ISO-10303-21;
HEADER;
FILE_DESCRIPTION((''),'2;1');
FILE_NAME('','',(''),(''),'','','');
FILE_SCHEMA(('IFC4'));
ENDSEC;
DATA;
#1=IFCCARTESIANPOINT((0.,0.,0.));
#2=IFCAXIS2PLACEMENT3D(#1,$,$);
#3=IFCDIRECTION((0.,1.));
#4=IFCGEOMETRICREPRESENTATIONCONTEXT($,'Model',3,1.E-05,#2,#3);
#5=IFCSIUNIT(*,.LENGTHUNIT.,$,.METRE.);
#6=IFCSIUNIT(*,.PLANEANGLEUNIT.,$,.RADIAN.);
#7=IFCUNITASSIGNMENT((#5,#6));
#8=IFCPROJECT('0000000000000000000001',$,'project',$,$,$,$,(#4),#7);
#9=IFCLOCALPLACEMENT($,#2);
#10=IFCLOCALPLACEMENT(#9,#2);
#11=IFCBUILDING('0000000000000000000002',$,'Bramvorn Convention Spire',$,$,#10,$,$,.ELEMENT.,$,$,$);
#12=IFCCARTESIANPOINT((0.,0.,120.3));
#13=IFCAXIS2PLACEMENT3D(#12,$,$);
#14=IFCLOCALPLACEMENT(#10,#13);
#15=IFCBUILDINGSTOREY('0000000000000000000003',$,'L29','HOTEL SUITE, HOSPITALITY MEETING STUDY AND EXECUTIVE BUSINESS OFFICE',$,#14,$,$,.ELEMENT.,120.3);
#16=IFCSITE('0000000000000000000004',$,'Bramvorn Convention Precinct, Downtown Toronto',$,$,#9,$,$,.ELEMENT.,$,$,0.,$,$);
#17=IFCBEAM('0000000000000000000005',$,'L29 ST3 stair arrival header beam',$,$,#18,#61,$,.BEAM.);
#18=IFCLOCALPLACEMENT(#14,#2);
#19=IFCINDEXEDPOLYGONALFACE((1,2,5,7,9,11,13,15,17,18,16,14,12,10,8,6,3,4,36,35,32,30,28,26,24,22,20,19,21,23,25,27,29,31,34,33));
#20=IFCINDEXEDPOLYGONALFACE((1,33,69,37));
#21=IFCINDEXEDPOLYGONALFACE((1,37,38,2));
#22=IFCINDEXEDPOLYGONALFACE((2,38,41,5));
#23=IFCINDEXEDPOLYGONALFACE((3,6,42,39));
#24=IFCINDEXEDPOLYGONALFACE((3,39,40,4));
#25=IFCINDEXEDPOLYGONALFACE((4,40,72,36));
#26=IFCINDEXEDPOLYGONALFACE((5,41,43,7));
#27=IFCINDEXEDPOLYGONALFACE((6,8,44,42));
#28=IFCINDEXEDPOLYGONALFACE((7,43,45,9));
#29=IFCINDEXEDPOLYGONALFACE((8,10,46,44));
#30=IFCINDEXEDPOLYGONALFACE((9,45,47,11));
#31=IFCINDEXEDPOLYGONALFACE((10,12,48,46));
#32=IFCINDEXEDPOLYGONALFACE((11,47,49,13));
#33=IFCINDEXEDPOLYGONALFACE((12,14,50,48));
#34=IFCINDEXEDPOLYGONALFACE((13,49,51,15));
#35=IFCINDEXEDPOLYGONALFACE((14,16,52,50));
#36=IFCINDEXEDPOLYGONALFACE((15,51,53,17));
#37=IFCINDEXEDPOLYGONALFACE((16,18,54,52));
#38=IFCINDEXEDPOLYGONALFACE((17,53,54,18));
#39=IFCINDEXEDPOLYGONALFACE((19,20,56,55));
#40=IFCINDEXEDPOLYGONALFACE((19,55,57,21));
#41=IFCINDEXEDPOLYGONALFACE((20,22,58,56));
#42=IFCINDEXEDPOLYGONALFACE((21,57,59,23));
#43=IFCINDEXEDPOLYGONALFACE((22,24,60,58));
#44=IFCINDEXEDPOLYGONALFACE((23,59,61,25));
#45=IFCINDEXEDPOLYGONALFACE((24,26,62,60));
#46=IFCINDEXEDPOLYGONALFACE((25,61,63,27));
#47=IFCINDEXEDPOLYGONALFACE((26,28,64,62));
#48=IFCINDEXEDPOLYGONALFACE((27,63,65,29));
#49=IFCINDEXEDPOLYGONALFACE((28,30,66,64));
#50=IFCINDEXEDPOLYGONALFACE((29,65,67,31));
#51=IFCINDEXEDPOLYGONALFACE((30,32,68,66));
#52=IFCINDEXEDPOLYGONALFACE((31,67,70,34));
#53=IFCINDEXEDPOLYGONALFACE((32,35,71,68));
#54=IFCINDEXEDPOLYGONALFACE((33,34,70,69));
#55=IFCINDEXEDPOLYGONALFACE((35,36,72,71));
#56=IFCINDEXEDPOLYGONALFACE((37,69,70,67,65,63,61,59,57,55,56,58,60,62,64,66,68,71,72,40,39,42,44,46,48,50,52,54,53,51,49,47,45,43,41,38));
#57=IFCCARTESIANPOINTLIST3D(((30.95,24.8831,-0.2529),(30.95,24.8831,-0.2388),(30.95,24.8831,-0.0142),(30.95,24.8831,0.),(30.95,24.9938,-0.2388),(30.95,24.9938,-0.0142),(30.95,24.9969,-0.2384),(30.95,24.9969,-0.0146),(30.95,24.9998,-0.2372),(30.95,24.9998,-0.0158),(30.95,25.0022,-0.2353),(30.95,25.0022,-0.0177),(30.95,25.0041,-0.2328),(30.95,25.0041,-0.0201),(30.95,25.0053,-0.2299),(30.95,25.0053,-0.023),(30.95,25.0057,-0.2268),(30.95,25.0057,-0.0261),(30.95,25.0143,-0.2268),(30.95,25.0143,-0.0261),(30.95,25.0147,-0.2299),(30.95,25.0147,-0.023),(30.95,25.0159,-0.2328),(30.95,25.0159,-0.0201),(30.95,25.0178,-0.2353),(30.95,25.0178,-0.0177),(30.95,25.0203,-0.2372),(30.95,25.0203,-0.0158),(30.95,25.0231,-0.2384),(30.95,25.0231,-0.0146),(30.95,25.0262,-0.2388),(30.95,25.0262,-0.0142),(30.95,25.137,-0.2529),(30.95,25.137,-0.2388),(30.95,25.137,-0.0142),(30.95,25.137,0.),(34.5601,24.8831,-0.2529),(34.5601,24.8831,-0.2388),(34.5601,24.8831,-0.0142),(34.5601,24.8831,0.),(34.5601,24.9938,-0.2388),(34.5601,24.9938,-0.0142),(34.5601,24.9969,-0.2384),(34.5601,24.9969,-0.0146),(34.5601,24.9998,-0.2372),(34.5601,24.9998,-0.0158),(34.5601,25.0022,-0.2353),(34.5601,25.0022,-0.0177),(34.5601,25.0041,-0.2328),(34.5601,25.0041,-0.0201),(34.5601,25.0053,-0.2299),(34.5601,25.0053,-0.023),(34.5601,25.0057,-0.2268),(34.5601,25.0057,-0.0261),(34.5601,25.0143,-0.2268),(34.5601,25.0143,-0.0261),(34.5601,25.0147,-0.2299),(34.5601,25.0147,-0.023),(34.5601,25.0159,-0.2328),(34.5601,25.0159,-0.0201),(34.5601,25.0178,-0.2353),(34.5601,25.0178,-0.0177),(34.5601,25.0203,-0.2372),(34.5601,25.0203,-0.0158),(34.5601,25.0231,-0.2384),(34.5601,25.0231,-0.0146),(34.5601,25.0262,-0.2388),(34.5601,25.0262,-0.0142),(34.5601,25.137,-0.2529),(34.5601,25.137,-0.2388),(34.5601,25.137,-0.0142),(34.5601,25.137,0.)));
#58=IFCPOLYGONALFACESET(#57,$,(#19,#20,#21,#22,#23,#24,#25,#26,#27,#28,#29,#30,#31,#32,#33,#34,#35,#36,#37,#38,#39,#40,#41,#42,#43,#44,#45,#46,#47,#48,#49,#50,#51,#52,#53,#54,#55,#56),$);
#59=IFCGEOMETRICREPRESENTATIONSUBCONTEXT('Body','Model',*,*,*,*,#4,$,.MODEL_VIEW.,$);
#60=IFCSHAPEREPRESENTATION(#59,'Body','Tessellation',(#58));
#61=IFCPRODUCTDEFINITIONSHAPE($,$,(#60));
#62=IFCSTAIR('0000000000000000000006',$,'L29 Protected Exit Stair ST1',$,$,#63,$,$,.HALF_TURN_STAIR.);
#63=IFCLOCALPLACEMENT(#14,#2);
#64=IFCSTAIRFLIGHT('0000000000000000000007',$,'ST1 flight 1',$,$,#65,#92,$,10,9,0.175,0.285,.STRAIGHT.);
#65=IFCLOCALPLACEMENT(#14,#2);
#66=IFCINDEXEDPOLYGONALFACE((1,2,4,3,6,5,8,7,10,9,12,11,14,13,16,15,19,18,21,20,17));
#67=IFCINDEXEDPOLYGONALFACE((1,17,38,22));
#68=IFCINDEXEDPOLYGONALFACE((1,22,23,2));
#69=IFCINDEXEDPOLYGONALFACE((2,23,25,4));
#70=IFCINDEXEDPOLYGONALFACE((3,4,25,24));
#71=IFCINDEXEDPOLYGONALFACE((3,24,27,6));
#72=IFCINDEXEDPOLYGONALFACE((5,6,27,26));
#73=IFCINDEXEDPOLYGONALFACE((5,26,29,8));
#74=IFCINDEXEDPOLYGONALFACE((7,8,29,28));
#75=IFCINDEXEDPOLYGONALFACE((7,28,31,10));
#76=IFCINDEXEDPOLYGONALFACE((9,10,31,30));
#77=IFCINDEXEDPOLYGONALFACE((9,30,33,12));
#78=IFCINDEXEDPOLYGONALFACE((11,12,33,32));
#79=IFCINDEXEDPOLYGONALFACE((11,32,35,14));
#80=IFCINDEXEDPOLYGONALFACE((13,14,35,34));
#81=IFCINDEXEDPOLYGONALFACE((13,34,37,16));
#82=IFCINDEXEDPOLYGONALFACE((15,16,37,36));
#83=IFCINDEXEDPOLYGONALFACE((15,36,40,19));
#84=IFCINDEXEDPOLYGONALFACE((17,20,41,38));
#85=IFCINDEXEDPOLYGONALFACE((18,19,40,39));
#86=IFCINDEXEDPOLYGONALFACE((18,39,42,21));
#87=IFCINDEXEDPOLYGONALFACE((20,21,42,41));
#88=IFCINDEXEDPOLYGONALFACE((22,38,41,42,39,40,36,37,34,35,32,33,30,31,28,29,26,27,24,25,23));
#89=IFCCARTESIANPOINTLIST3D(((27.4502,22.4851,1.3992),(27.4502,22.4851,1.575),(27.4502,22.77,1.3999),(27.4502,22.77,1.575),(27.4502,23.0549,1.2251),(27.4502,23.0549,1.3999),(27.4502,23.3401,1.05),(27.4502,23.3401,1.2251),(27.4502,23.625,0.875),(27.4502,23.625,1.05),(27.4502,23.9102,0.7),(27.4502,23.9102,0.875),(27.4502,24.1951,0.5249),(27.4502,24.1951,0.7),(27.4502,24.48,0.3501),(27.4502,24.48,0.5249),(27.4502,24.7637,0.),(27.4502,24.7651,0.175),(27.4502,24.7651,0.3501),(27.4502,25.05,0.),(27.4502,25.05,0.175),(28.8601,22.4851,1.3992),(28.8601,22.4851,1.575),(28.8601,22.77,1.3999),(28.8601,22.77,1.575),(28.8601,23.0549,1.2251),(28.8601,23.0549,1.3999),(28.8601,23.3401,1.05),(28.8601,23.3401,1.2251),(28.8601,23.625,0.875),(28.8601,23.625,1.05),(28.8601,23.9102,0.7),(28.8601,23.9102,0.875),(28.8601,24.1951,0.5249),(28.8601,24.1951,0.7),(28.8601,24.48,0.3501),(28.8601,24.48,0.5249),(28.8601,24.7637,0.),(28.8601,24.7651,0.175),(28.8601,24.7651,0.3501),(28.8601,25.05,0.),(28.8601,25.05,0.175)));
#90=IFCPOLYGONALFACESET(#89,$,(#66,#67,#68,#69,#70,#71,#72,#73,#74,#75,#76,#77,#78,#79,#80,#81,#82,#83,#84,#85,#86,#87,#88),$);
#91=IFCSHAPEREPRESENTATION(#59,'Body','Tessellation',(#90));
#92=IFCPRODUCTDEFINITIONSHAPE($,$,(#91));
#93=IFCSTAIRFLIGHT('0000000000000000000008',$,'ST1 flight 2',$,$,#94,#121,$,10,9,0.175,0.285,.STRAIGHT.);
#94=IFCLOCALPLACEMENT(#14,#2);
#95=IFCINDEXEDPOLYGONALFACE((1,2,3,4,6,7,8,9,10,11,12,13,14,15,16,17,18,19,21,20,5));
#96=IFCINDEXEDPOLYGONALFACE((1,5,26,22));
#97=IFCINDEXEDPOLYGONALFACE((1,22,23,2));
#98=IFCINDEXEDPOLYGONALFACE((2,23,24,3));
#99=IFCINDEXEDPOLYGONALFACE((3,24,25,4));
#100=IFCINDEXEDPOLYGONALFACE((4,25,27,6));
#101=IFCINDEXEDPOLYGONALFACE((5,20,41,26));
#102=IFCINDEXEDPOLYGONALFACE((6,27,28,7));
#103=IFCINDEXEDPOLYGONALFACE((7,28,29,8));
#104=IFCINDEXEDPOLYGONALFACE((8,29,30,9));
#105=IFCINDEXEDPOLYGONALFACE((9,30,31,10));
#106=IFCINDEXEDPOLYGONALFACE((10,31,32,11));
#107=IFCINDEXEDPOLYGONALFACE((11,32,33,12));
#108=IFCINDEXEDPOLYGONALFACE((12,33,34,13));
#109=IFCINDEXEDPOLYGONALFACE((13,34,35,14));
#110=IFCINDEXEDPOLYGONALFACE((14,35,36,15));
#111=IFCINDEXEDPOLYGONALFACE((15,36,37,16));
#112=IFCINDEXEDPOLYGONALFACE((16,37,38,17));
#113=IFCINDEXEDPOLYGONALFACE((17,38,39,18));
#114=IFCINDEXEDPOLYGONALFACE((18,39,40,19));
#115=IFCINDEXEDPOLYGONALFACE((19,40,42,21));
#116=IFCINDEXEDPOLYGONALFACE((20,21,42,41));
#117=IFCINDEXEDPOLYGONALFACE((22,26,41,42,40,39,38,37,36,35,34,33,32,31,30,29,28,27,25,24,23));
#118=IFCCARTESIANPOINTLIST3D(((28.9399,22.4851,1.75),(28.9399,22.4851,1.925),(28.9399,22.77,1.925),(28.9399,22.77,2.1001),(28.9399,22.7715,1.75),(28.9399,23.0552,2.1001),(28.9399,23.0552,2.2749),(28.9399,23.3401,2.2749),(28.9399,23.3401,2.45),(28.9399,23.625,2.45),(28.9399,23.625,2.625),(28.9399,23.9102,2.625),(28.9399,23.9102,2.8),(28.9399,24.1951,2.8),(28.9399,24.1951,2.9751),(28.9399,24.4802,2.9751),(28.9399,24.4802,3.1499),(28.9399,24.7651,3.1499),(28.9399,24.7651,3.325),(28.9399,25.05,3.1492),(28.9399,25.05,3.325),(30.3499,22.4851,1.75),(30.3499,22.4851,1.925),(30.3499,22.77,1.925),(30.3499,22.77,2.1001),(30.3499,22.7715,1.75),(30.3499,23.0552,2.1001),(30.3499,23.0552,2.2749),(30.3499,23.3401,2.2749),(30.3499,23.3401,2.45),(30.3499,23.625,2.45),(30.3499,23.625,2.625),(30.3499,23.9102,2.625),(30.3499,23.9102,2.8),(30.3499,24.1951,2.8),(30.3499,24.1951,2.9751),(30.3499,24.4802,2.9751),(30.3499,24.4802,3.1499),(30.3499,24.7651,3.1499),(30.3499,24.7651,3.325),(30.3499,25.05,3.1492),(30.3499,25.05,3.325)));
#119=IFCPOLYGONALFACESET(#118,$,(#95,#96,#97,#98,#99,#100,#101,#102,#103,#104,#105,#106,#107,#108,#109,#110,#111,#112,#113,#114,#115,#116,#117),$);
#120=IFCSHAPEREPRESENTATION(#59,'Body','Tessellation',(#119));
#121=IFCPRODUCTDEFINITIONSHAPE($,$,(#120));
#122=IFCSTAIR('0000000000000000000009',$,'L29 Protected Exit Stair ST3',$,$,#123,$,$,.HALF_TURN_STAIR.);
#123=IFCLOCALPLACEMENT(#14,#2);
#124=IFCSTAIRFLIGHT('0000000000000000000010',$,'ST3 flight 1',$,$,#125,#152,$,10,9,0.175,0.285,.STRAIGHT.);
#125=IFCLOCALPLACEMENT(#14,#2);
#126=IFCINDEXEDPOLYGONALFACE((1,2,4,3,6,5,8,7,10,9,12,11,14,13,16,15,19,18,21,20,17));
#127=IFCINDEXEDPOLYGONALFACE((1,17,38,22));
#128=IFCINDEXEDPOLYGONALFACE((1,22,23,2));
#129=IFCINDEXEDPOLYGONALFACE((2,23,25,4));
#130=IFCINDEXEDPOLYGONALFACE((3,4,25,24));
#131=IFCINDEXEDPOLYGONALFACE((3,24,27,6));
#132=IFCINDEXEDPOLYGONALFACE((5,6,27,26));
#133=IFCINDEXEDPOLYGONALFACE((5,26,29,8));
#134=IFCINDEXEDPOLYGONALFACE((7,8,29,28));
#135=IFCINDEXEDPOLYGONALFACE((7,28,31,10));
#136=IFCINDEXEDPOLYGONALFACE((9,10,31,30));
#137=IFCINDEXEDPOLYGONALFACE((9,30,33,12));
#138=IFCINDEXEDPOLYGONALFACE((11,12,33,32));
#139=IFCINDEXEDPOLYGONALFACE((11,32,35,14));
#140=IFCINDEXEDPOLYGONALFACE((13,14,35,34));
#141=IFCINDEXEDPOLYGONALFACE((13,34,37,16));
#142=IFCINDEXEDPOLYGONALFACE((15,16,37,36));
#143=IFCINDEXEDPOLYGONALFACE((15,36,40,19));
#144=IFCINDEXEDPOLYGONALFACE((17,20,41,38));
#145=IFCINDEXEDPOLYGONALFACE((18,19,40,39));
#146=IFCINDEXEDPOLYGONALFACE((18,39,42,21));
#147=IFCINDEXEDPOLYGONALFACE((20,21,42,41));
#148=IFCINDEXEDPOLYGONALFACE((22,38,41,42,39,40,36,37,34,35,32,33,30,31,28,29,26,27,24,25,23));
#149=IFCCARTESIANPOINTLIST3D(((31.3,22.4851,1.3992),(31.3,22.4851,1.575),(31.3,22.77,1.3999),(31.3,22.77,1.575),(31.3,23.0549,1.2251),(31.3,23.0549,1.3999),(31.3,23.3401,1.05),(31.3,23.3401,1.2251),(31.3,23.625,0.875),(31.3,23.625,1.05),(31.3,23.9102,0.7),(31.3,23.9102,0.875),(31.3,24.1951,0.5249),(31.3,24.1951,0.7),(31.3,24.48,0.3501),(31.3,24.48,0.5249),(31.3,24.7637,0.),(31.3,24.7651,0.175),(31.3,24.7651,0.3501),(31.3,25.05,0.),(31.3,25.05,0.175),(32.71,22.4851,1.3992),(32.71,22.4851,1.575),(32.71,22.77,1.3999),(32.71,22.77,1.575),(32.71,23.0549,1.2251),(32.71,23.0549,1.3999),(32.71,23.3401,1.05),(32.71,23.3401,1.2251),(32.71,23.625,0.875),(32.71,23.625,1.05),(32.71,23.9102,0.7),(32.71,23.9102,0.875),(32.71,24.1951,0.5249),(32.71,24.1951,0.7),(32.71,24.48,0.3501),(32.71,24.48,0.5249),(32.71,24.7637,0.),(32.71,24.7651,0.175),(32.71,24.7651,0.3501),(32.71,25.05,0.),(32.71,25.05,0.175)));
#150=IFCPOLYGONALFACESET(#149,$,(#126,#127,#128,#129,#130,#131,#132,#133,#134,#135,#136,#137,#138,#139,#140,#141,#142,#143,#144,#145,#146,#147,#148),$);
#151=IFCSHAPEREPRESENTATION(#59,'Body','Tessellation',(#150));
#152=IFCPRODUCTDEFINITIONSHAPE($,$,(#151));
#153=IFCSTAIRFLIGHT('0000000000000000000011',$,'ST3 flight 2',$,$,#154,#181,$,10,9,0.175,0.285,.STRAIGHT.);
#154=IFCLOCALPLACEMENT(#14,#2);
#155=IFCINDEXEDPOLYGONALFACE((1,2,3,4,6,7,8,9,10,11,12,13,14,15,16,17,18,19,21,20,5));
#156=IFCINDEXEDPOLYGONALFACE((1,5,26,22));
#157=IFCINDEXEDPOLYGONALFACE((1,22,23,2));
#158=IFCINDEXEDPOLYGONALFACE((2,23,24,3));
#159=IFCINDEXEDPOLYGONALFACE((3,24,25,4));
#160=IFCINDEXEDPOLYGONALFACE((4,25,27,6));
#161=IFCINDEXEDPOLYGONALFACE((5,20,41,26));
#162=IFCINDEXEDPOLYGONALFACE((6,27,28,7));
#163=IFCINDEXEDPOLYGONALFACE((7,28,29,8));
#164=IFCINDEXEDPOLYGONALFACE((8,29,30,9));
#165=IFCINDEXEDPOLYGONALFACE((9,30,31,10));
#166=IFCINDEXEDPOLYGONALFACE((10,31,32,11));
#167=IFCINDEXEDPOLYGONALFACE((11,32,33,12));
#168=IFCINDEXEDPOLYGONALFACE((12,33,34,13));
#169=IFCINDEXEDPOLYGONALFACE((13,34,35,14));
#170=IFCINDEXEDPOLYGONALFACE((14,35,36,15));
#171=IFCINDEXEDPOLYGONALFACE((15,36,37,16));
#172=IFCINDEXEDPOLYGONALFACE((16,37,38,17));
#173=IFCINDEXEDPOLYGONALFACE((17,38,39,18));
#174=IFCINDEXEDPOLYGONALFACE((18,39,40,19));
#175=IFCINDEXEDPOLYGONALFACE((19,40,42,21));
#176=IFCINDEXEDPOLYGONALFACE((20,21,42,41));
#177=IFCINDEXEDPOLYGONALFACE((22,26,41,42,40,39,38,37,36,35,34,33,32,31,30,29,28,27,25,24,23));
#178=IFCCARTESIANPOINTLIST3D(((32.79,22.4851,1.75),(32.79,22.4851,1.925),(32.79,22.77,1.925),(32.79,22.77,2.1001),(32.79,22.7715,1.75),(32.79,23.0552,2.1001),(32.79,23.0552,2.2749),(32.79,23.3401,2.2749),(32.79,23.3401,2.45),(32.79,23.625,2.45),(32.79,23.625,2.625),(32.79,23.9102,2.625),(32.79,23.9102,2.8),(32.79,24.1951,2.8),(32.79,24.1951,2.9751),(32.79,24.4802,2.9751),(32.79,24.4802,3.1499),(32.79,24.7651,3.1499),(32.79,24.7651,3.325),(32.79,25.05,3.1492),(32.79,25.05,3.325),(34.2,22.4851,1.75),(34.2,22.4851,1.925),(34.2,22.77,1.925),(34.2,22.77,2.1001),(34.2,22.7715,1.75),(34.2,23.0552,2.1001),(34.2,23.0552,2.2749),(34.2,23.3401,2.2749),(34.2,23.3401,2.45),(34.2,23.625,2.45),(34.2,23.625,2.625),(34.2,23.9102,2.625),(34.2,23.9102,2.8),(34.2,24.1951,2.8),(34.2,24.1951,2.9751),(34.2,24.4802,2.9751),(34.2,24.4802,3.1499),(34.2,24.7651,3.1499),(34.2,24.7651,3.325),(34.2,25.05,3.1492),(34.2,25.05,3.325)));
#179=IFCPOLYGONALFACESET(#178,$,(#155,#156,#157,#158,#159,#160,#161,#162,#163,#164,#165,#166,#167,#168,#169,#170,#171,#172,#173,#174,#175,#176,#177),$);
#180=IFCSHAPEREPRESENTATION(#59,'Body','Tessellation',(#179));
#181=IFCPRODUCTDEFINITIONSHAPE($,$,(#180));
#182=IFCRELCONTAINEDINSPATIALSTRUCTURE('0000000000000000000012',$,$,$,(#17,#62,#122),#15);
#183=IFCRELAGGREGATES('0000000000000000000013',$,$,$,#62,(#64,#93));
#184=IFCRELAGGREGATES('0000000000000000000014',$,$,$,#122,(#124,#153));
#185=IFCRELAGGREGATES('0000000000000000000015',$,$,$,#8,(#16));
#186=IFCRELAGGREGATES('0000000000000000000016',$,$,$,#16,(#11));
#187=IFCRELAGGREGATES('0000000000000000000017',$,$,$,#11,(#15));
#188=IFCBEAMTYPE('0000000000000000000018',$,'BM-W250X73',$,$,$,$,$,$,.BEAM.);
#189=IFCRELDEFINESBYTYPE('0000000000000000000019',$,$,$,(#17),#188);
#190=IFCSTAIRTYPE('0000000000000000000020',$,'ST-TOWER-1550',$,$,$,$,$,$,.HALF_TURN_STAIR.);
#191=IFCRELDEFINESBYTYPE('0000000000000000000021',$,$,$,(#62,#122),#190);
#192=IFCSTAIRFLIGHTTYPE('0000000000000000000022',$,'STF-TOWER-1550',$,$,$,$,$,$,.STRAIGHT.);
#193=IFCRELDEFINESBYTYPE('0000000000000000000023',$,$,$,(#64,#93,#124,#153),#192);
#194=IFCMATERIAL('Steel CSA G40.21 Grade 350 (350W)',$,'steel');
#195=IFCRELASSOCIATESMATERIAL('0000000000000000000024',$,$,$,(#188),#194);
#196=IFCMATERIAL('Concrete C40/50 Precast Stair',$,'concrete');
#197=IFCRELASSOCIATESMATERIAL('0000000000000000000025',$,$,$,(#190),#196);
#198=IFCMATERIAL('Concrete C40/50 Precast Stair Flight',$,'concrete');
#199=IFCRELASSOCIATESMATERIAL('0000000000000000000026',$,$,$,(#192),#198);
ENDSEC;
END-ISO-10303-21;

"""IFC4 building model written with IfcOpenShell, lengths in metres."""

from ifc_helpers import new_model, si_unit, direction, frame, origin, origin_2d, place, context, subcontext, project, spatial, polyline, i_section, outline, extrude, material, material_profile, profile_set, type_object, element, aggregate, save


model = new_model("IFC4")

# Units and contexts
model_context = context("Model", 3, precision=1e-05, world=origin(), true_north=direction((0.0, 1.0)))
body_context = subcontext(model_context, "Body", "Model", "MODEL_VIEW")
ifc_project = project(units=[si_unit("LENGTHUNIT", "METRE"), si_unit("PLANEANGLEUNIT", "RADIAN")], contexts=[model_context])

# Site, building, storey
site_placement = place(None, origin())
site = spatial("IfcSite", under=ifc_project, at=site_placement, Name="Bramvorn Convention Precinct, Downtown Toronto", CompositionType="ELEMENT", RefElevation=0.0)
building_placement = place(site_placement, origin())
building = spatial("IfcBuilding", under=site, at=building_placement, Name="Bramvorn Convention Spire", CompositionType="ELEMENT")
storey_placement = place(building_placement, frame((0.0, 0.0, 120.3)))
storey = spatial("IfcBuildingStorey", under=building, at=storey_placement, Name="L29", Description="HOTEL SUITE, HOSPITALITY MEETING STUDY AND EXECUTIVE BUSINESS OFFICE", CompositionType="ELEMENT", Elevation=120.3)

# Beam
ifc_material_1 = material(Name="Steel CSA G40.21 Grade 350 (350W)", Category="steel")
ifc_material_profile = material_profile(ifc_material_1, i_section(OverallWidth=0.2539, OverallDepth=0.2529, WebThickness=0.0085, FlangeThickness=0.0142, FilletRadius=0.012, at=origin_2d()))
ifc_profile_set = profile_set([ifc_material_profile], Name="Steel CSA G40.21 Grade 350 (350W) - W250X73")
beam_type = type_object("IfcBeamType", Name="BM-W250X73", PredefinedType="BEAM", material=ifc_profile_set)
beam_placement = place(storey_placement, frame((30.95, 25.01, -0.1265), z_axis=(1.0, 0.0, 0.0), x_axis=(0.0, 1.0, 0.0)))
element("IfcBeam", 1, at=beam_placement, inside=storey, type_object=beam_type, Name="L29 ST3 stair arrival header beam", PredefinedType="BEAM", context=body_context, shape_type="SweptSolid", body=[
    extrude(i_section(OverallWidth=0.2539, OverallDepth=0.2529, WebThickness=0.0085, FlangeThickness=0.0142, FilletRadius=0.012, at=origin_2d()), origin(), (0.0, 0.0, 1.0), 3.6101),
])

# Stairs, stair flights
ifc_material_2 = material(Name="Concrete C40/50 Precast Stair", Category="concrete")
stair_type = type_object("IfcStairType", Name="ST-TOWER-1550", PredefinedType="HALF_TURN_STAIR", material=ifc_material_2)
stair_1_placement = place(storey_placement, origin())
stair_1 = element("IfcStair", 2, at=stair_1_placement, inside=storey, type_object=stair_type, Name="L29 Protected Exit Stair ST1", PredefinedType="HALF_TURN_STAIR")
ifc_material_3 = material(Name="Concrete C40/50 Precast Stair Flight", Category="concrete")
stair_flight_type = type_object("IfcStairFlightType", Name="STF-TOWER-1550", PredefinedType="STRAIGHT", material=ifc_material_3)
stair_flight_1_placement = place(storey_placement, frame((28.155, 25.05, 0.0), z_axis=(0.0, 0.0, 1.0), x_axis=(0.0, -1.0, 0.0)))
stair_flight_1 = element("IfcStairFlight", 3, at=stair_flight_1_placement, type_object=stair_flight_type, Name="ST1 flight 1", NumberOfRisers=10, NumberOfTreads=9, PredefinedType="STRAIGHT", RiserHeight=0.175, TreadLength=0.285, context=body_context, shape_type="SweptSolid", body=[
    extrude(outline(polyline([(0.0, 0.0), (0.0, 0.175), (0.2849, 0.175), (0.2849, 0.3501), (0.5701, 0.3501), (0.5701, 0.5249), (0.855, 0.5249), (0.855, 0.7), (1.1399, 0.7), (1.1399, 0.875), (1.425, 0.875), (1.425, 1.05), (1.71, 1.05), (1.71, 1.2251), (1.9951, 1.2251), (1.9951, 1.3999), (2.28, 1.3999), (2.28, 1.575), (2.5649, 1.575), (2.5649, 1.75), (2.5649, 1.3992), (0.2864, 0.0), (0.0, 0.0)])), frame((0.0, 0.7051, 0.0), z_axis=(0.0, -1.0, 0.0), x_axis=(1.0, 0.0, 0.0)), (0.0, 0.0, 1.0), 1.4099),
])
stair_flight_2_placement = place(storey_placement, frame((29.645, 22.4851, 1.75), z_axis=(0.0, 0.0, 1.0), x_axis=(0.0, 1.0, 0.0)))
stair_flight_2 = element("IfcStairFlight", 4, at=stair_flight_2_placement, type_object=stair_flight_type, Name="ST1 flight 2", NumberOfRisers=10, NumberOfTreads=9, PredefinedType="STRAIGHT", RiserHeight=0.175, TreadLength=0.285, context=body_context, shape_type="SweptSolid", body=[
    extrude(outline(polyline([(0.0, 0.0), (0.0, 0.175), (0.2849, 0.175), (0.2849, 0.3501), (0.5701, 0.3501), (0.5701, 0.5249), (0.855, 0.5249), (0.855, 0.7), (1.1399, 0.7), (1.1399, 0.875), (1.425, 0.875), (1.425, 1.05), (1.71, 1.05), (1.71, 1.2251), (1.9951, 1.2251), (1.9951, 1.3999), (2.28, 1.3999), (2.28, 1.575), (2.5649, 1.575), (2.5649, 1.75), (2.5649, 1.3992), (0.2864, 0.0), (0.0, 0.0)])), frame((0.0, 0.7051, 0.0), z_axis=(0.0, -1.0, 0.0), x_axis=(1.0, 0.0, 0.0)), (0.0, 0.0, 1.0), 1.4099),
])
aggregate(stair_1, [stair_flight_1, stair_flight_2])
stair_2_placement = place(storey_placement, origin())
stair_2 = element("IfcStair", 5, at=stair_2_placement, inside=storey, type_object=stair_type, Name="L29 Protected Exit Stair ST3", PredefinedType="HALF_TURN_STAIR")
stair_flight_3_placement = place(storey_placement, frame((32.0049, 25.05, 0.0), z_axis=(0.0, 0.0, 1.0), x_axis=(0.0, -1.0, 0.0)))
stair_flight_3 = element("IfcStairFlight", 6, at=stair_flight_3_placement, type_object=stair_flight_type, Name="ST3 flight 1", NumberOfRisers=10, NumberOfTreads=9, PredefinedType="STRAIGHT", RiserHeight=0.175, TreadLength=0.285, context=body_context, shape_type="SweptSolid", body=[
    extrude(outline(polyline([(0.0, 0.0), (0.0, 0.175), (0.2849, 0.175), (0.2849, 0.3501), (0.5701, 0.3501), (0.5701, 0.5249), (0.855, 0.5249), (0.855, 0.7), (1.1399, 0.7), (1.1399, 0.875), (1.425, 0.875), (1.425, 1.05), (1.71, 1.05), (1.71, 1.2251), (1.9951, 1.2251), (1.9951, 1.3999), (2.28, 1.3999), (2.28, 1.575), (2.5649, 1.575), (2.5649, 1.75), (2.5649, 1.3992), (0.2864, 0.0), (0.0, 0.0)])), frame((0.0, 0.7051, 0.0), z_axis=(0.0, -1.0, 0.0), x_axis=(1.0, 0.0, 0.0)), (0.0, 0.0, 1.0), 1.4099),
])
stair_flight_4_placement = place(storey_placement, frame((33.4951, 22.4851, 1.75), z_axis=(0.0, 0.0, 1.0), x_axis=(0.0, 1.0, 0.0)))
stair_flight_4 = element("IfcStairFlight", 7, at=stair_flight_4_placement, type_object=stair_flight_type, Name="ST3 flight 2", NumberOfRisers=10, NumberOfTreads=9, PredefinedType="STRAIGHT", RiserHeight=0.175, TreadLength=0.285, context=body_context, shape_type="SweptSolid", body=[
    extrude(outline(polyline([(0.0, 0.0), (0.0, 0.175), (0.2849, 0.175), (0.2849, 0.3501), (0.5701, 0.3501), (0.5701, 0.5249), (0.855, 0.5249), (0.855, 0.7), (1.1399, 0.7), (1.1399, 0.875), (1.425, 0.875), (1.425, 1.05), (1.71, 1.05), (1.71, 1.2251), (1.9951, 1.2251), (1.9951, 1.3999), (2.28, 1.3999), (2.28, 1.575), (2.5649, 1.575), (2.5649, 1.75), (2.5649, 1.3992), (0.2864, 0.0), (0.0, 0.0)])), frame((0.0, 0.7051, 0.0), z_axis=(0.0, -1.0, 0.0), x_axis=(1.0, 0.0, 0.0)), (0.0, 0.0, 1.0), 1.4099),
])
aggregate(stair_2, [stair_flight_3, stair_flight_4])

save(model, "model.ifc")
